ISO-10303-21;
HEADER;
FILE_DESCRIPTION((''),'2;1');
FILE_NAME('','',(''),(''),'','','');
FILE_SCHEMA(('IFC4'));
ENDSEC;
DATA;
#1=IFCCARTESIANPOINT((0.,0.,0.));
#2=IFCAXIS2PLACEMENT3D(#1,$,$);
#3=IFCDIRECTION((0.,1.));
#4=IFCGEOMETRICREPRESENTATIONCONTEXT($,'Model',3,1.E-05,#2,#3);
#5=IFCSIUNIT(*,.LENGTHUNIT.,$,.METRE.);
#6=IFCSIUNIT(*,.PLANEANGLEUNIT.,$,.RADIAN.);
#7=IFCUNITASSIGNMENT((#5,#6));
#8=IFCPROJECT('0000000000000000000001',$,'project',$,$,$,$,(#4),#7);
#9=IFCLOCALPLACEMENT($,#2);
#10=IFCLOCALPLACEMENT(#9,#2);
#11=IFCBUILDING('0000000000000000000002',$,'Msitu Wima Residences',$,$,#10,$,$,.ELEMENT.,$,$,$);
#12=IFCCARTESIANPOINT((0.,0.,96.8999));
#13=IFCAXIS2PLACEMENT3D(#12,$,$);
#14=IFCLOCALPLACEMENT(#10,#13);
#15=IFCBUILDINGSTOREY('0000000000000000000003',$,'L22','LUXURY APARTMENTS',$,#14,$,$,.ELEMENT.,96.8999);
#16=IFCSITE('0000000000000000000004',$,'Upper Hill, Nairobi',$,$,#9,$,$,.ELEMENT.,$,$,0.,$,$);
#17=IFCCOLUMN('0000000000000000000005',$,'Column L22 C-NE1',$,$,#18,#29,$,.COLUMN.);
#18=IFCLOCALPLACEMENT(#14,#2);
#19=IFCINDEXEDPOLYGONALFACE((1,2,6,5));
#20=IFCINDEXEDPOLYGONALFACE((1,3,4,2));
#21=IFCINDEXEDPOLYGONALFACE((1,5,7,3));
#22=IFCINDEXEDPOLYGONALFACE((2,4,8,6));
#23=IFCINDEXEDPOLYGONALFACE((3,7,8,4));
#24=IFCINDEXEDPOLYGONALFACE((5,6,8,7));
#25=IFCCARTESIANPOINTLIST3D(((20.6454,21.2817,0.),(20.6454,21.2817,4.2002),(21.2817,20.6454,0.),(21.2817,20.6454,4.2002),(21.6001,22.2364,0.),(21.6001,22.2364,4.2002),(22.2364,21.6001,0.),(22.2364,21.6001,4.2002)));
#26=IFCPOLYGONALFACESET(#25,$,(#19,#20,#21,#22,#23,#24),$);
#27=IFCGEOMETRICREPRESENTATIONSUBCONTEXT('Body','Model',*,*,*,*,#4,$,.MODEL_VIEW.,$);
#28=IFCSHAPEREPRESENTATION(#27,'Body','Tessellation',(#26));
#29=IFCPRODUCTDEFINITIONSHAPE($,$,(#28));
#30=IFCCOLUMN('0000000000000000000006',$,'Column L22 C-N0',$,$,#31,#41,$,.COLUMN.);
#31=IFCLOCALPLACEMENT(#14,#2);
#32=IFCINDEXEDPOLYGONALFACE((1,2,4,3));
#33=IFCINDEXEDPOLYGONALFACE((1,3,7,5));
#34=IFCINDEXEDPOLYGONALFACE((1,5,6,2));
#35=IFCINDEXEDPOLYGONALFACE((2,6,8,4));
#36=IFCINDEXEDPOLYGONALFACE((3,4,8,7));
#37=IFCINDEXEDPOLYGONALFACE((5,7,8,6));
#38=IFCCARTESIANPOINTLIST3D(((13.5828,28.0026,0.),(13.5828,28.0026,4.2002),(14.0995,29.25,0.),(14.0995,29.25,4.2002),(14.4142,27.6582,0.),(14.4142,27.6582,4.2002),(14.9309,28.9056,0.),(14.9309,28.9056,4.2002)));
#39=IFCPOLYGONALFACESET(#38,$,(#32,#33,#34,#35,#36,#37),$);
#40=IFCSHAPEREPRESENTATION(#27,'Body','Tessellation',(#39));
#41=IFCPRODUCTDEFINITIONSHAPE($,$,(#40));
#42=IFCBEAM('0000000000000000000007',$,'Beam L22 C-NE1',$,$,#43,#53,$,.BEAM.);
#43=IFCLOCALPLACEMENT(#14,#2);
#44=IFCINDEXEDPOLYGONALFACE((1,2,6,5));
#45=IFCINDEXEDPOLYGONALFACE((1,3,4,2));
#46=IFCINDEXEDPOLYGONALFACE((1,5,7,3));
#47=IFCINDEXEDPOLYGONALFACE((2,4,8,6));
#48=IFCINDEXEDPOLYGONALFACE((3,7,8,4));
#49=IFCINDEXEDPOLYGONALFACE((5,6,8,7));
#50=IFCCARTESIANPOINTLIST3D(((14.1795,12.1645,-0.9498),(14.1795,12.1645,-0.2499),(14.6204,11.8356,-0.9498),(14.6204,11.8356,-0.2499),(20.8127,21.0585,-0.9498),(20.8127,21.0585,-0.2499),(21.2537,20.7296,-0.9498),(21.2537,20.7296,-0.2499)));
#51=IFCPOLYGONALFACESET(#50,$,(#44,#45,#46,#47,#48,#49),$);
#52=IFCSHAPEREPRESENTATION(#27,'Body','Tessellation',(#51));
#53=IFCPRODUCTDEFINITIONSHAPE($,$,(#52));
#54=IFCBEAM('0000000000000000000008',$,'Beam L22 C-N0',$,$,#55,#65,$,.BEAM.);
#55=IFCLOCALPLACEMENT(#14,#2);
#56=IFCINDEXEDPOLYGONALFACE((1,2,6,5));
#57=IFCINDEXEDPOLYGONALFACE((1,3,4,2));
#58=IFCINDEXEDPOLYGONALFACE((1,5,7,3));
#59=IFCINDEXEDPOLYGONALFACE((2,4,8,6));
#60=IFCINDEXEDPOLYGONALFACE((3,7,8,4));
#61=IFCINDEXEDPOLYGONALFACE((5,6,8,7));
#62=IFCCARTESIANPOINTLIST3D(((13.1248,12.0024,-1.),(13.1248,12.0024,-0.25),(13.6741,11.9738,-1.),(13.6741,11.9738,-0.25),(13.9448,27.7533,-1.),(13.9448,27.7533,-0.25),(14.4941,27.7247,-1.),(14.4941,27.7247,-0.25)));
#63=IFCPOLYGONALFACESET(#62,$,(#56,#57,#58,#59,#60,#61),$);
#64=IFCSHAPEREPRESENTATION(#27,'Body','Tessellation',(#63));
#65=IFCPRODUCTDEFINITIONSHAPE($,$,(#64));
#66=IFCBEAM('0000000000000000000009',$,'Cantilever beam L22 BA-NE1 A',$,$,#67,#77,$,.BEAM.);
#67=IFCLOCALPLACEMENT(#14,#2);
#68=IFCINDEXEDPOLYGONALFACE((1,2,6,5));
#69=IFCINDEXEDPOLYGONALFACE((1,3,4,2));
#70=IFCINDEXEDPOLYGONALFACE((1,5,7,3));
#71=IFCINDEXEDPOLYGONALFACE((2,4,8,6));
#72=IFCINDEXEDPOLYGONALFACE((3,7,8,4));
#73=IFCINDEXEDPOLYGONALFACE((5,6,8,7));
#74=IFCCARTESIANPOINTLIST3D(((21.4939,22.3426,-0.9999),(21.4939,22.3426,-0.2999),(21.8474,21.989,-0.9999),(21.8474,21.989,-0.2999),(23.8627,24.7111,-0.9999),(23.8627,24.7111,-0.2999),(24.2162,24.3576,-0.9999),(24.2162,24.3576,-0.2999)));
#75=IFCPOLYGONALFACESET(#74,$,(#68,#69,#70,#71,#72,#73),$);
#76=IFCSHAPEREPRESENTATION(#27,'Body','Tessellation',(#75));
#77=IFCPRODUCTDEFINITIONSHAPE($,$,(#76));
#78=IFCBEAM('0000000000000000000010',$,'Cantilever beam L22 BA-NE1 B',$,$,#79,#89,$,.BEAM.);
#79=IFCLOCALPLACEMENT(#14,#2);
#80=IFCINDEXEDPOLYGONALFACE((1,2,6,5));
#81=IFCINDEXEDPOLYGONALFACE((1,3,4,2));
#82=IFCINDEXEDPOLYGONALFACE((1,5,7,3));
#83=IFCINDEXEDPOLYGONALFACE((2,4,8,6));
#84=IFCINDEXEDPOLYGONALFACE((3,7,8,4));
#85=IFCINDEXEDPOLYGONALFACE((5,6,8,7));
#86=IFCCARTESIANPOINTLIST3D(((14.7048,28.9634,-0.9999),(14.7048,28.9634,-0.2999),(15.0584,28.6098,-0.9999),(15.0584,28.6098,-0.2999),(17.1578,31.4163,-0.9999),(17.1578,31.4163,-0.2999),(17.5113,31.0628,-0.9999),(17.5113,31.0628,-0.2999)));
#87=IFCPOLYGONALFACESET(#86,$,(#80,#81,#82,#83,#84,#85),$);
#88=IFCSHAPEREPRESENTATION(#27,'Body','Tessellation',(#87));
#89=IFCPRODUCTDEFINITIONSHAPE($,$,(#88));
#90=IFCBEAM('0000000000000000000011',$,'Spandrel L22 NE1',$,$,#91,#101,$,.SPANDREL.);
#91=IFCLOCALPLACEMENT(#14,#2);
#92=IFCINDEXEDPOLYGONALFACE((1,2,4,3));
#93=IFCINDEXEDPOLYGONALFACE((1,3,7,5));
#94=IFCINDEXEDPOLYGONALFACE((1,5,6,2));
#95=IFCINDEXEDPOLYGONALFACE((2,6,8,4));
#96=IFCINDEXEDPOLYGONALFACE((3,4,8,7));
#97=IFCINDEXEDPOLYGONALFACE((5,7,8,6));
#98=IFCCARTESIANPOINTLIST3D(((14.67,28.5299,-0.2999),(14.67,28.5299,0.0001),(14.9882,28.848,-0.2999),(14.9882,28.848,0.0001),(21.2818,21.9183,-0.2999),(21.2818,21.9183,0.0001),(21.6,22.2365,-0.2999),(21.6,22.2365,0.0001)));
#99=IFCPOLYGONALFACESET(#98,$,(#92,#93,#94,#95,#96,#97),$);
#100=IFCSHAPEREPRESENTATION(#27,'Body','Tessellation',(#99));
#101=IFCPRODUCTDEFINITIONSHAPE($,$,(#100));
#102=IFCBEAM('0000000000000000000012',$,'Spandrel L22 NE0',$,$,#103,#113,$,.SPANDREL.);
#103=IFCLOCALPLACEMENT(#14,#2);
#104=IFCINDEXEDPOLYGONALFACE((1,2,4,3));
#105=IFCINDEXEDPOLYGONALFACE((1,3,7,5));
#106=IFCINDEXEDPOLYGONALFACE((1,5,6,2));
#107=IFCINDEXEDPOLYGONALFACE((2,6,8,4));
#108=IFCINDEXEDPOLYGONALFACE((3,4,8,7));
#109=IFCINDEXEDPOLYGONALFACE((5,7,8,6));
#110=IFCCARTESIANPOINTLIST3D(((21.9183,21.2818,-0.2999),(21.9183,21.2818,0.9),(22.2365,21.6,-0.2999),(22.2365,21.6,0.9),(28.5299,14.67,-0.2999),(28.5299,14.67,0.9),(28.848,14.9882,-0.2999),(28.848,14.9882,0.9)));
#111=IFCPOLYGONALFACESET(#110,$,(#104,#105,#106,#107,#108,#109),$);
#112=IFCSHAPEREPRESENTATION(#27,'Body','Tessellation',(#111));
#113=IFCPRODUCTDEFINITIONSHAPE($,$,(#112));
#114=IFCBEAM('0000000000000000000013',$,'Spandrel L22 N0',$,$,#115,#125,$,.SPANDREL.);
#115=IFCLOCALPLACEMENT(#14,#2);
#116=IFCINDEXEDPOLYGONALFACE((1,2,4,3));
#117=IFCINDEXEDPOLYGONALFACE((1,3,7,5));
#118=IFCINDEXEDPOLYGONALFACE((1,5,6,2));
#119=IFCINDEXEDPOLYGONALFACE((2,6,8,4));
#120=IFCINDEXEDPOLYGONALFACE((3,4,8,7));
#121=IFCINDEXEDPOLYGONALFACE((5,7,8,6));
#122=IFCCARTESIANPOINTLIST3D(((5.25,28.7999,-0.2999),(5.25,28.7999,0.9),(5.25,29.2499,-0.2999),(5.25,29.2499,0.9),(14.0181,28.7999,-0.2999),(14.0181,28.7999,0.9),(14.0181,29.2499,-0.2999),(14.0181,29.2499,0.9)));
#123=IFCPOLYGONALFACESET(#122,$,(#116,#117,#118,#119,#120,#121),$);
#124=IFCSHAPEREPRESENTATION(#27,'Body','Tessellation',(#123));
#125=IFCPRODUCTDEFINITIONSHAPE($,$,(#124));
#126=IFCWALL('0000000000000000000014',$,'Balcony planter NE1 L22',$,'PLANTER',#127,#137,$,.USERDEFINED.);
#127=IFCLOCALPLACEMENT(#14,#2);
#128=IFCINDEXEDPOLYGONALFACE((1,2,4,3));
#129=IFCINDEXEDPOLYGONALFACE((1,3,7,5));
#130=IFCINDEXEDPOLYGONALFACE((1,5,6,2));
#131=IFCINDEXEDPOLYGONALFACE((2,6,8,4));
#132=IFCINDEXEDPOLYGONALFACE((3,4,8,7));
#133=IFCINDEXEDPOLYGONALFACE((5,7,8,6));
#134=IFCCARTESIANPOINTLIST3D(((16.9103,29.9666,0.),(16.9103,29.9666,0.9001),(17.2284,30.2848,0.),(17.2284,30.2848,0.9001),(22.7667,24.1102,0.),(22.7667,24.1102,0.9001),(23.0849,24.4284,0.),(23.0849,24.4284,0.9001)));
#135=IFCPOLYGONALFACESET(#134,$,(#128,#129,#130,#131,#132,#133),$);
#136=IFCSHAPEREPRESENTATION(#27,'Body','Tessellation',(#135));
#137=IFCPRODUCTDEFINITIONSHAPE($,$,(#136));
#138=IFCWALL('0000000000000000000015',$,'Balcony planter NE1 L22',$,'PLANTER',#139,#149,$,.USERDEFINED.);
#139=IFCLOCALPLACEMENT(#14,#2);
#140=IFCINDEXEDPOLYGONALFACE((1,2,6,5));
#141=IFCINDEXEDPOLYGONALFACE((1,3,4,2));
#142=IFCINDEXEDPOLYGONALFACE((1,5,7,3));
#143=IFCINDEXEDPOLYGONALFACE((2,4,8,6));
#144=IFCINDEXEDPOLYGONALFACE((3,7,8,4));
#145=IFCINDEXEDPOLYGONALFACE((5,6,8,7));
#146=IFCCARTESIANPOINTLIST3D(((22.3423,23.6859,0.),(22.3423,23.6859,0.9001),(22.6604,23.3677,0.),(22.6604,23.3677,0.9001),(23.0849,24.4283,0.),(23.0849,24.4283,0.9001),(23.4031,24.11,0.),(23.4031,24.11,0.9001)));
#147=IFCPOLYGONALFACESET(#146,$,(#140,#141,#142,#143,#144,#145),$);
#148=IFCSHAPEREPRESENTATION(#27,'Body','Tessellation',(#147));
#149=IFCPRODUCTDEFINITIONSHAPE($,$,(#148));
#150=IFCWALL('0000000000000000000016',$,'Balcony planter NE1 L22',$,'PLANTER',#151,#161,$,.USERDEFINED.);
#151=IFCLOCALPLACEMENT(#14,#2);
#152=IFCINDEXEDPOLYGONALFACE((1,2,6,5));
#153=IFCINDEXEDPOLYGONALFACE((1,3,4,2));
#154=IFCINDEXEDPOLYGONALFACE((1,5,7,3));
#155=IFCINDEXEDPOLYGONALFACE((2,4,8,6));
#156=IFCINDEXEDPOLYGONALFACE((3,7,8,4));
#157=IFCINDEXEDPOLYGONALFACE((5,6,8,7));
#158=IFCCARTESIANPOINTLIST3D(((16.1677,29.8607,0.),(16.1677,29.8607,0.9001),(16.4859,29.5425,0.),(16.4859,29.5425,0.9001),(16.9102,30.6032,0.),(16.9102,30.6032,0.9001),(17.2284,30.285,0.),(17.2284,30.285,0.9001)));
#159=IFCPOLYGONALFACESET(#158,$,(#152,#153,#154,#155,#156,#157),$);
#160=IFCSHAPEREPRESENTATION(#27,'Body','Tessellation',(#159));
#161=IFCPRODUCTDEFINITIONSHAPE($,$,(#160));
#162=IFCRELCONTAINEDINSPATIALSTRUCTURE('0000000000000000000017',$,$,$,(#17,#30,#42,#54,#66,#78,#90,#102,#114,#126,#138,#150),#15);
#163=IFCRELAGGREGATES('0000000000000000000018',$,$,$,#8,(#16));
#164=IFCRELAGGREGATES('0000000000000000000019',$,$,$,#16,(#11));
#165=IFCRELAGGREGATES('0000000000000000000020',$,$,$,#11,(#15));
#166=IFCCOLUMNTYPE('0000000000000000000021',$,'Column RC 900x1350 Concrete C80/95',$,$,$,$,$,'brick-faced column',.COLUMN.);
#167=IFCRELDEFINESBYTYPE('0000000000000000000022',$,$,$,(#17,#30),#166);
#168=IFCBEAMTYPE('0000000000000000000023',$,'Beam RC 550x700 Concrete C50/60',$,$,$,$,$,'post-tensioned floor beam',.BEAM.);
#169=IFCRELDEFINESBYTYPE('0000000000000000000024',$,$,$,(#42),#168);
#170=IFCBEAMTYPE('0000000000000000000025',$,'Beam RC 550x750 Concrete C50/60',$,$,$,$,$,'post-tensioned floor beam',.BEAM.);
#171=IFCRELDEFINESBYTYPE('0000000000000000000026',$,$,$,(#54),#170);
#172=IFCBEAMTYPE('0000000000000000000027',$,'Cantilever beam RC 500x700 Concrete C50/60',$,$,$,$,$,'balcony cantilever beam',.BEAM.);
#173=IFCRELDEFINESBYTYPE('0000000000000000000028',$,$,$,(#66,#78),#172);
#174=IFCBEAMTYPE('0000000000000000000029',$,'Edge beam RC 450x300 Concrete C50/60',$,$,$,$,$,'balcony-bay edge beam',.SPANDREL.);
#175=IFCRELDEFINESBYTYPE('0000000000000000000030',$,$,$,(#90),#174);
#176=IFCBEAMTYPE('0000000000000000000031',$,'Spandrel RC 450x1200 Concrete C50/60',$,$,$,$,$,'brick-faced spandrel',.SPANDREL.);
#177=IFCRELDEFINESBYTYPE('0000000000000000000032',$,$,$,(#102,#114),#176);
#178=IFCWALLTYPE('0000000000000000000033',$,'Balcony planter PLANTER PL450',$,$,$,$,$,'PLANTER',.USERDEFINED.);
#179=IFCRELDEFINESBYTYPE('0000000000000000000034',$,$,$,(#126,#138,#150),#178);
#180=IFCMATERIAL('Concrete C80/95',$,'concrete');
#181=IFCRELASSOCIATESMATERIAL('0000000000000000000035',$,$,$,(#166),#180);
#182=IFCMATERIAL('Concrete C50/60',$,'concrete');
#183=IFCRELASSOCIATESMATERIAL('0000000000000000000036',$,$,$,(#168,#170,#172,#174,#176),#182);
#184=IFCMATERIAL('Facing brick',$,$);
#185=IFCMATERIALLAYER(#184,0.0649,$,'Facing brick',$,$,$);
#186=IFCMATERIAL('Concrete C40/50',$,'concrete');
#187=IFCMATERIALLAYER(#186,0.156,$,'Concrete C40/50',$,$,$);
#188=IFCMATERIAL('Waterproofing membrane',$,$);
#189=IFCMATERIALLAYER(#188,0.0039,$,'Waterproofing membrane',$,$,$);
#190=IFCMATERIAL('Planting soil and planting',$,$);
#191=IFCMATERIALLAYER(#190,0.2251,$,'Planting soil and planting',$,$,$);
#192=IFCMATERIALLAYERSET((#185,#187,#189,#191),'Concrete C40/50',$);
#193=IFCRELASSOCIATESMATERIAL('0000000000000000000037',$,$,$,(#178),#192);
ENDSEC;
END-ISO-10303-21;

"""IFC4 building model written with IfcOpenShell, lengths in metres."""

from ifc_helpers import new_model, si_unit, direction, frame, frame_2d, origin, origin_2d, place, context, subcontext, project, spatial, rectangle, extrude, material, layer, layer_set, material_profile, profile_set, type_object, element, save


model = new_model("IFC4")

# Units and contexts
model_context = context("Model", 3, precision=1e-05, world=origin(), true_north=direction((0.0, 1.0)))
body_context = subcontext(model_context, "Body", "Model", "MODEL_VIEW")
ifc_project = project(units=[si_unit("LENGTHUNIT", "METRE"), si_unit("PLANEANGLEUNIT", "RADIAN")], contexts=[model_context])

# Site, building, storey
site_placement = place(None, origin())
site = spatial("IfcSite", under=ifc_project, at=site_placement, Name="Upper Hill, Nairobi", CompositionType="ELEMENT", RefElevation=0.0)
building_placement = place(site_placement, origin())
building = spatial("IfcBuilding", under=site, at=building_placement, Name="Msitu Wima Residences", CompositionType="ELEMENT")
storey_placement = place(building_placement, frame((0.0, 0.0, 96.8999)))
storey = spatial("IfcBuildingStorey", under=building, at=storey_placement, Name="L22", Description="LUXURY APARTMENTS", CompositionType="ELEMENT", Elevation=96.8999)

# Columns
ifc_material_1 = material(Name="Concrete C80/95", Category="concrete")
ifc_material_profile_1 = material_profile(ifc_material_1, rectangle(XDim=0.8999, YDim=1.3501, at=origin_2d()), Name="RC 900x1350")
ifc_profile_set_1 = profile_set([ifc_material_profile_1], Name="Concrete C80/95")
column_type = type_object("IfcColumnType", Name="Column RC 900x1350 Concrete C80/95", ElementType="brick-faced column", PredefinedType="COLUMN", material=ifc_profile_set_1)
for number, where, z_axis, x_axis, name in (
    (1, (21.4409, 21.4409, 0.0), (0.0, 0.0, 1.0), (-0.707107, 0.707107, 0.0), "Column L22 C-NE1"),
    (2, (14.2568, 28.4541, 0.0), (0.0, 0.0, 1.0), (-0.92388, 0.382683, 0.0), "Column L22 C-N0"),
):
    element("IfcColumn", number, at=place(storey_placement, frame(where, z_axis=z_axis, x_axis=x_axis)), inside=storey, type_object=column_type, Name=name, PredefinedType="COLUMN", context=body_context, shape_type="SweptSolid", body=[
        extrude(rectangle(XDim=0.8999, YDim=1.3501, at=origin_2d()), origin(), (0.0, 0.0, 1.0), 4.2002),
    ])

# Beams
ifc_material_2 = material(Name="Concrete C50/60", Category="concrete")
ifc_material_profile_2 = material_profile(ifc_material_2, rectangle(XDim=0.55, YDim=0.7, at=origin_2d()), Name="RC 550x700")
ifc_profile_set_2 = profile_set([ifc_material_profile_2], Name="Concrete C50/60")
beam_type_1 = type_object("IfcBeamType", Name="Beam RC 550x700 Concrete C50/60", ElementType="post-tensioned floor beam", PredefinedType="BEAM", material=ifc_profile_set_2)
beam_1_placement = place(storey_placement, frame((21.0332, 20.894, -0.5999), z_axis=(-0.59785, -0.801608, 0.0), x_axis=(0.801608, -0.59785, 0.0)))
element("IfcBeam", 3, at=beam_1_placement, inside=storey, type_object=beam_type_1, Name="Beam L22 C-NE1", PredefinedType="BEAM", context=body_context, shape_type="SweptSolid", body=[
    extrude(rectangle(XDim=0.55, YDim=0.7, at=origin_2d()), origin(), (0.0, 0.0, 1.0), 11.0952),
])
ifc_material_profile_3 = material_profile(ifc_material_2, rectangle(XDim=0.55, YDim=0.75, at=origin_2d()), Name="RC 550x750")
ifc_profile_set_3 = profile_set([ifc_material_profile_3], Name="Concrete C50/60")
beam_type_2 = type_object("IfcBeamType", Name="Beam RC 550x750 Concrete C50/60", ElementType="post-tensioned floor beam", PredefinedType="BEAM", material=ifc_profile_set_3)
beam_2_placement = place(storey_placement, frame((14.2195, 27.739, -0.625), z_axis=(-0.051994, -0.998647, 0.0), x_axis=(0.998647, -0.051994, 0.0)))
element("IfcBeam", 4, at=beam_2_placement, inside=storey, type_object=beam_type_2, Name="Beam L22 C-N0", PredefinedType="BEAM", context=body_context, shape_type="SweptSolid", body=[
    extrude(rectangle(XDim=0.55, YDim=0.75, at=origin_2d()), origin(), (0.0, 0.0, 1.0), 15.7722),
])
ifc_material_profile_4 = material_profile(ifc_material_2, rectangle(XDim=0.5, YDim=0.7, at=origin_2d()), Name="RC 500x700")
ifc_profile_set_4 = profile_set([ifc_material_profile_4], Name="Concrete C50/60")
beam_type_3 = type_object("IfcBeamType", Name="Cantilever beam RC 500x700 Concrete C50/60", ElementType="balcony cantilever beam", PredefinedType="BEAM", material=ifc_profile_set_4)
beam_3_placement = place(storey_placement, frame((21.6707, 22.1658, -0.6499), z_axis=(0.707143, 0.70707, 0.0), x_axis=(-0.70707, 0.707143, 0.0)))
element("IfcBeam", 5, at=beam_3_placement, inside=storey, type_object=beam_type_3, Name="Cantilever beam L22 BA-NE1 A", PredefinedType="BEAM", context=body_context, shape_type="SweptSolid", body=[
    extrude(rectangle(XDim=0.5, YDim=0.7, at=origin_2d()), origin(), (0.0, 0.0, 1.0), 3.3499),
])
beam_4_placement = place(storey_placement, frame((14.8816, 28.7866, -0.6499), z_axis=(0.707107, 0.707107, 0.0), x_axis=(-0.707107, 0.707107, 0.0)))
element("IfcBeam", 6, at=beam_4_placement, inside=storey, type_object=beam_type_3, Name="Cantilever beam L22 BA-NE1 B", PredefinedType="BEAM", context=body_context, shape_type="SweptSolid", body=[
    extrude(rectangle(XDim=0.5, YDim=0.7, at=origin_2d()), origin(), (0.0, 0.0, 1.0), 3.469),
])
ifc_material_profile_5 = material_profile(ifc_material_2, rectangle(XDim=0.45, YDim=0.3, at=origin_2d()), Name="RC 450x300")
ifc_profile_set_5 = profile_set([ifc_material_profile_5], Name="Concrete C50/60")
beam_type_4 = type_object("IfcBeamType", Name="Edge beam RC 450x300 Concrete C50/60", ElementType="balcony-bay edge beam", PredefinedType="SPANDREL", material=ifc_profile_set_5)
beam_5_placement = place(storey_placement, frame((21.4409, 22.0774, -0.1499), z_axis=(-0.70712, 0.707094, 0.0), x_axis=(-0.707094, -0.70712, 0.0)))
element("IfcBeam", 7, at=beam_5_placement, inside=storey, type_object=beam_type_4, Name="Spandrel L22 NE1", PredefinedType="SPANDREL", context=body_context, shape_type="SweptSolid", body=[
    extrude(rectangle(XDim=0.45, YDim=0.3, at=origin_2d()), origin(), (0.0, 0.0, 1.0), 9.3503),
])
ifc_material_profile_6 = material_profile(ifc_material_2, rectangle(XDim=0.45, YDim=1.2, at=origin_2d()), Name="RC 450x1200")
ifc_profile_set_6 = profile_set([ifc_material_profile_6], Name="Concrete C50/60")
beam_type_5 = type_object("IfcBeamType", Name="Spandrel RC 450x1200 Concrete C50/60", ElementType="brick-faced spandrel", PredefinedType="SPANDREL", material=ifc_profile_set_6)
beam_6_placement = place(storey_placement, frame((28.689, 14.8291, 0.3), z_axis=(-0.707094, 0.70712, 0.0), x_axis=(-0.70712, -0.707094, 0.0)))
element("IfcBeam", 8, at=beam_6_placement, inside=storey, type_object=beam_type_5, Name="Spandrel L22 NE0", PredefinedType="SPANDREL", context=body_context, shape_type="SweptSolid", body=[
    extrude(rectangle(XDim=0.45, YDim=1.2, at=origin_2d()), origin(), (0.0, 0.0, 1.0), 9.3503),
])
beam_7_placement = place(storey_placement, frame((14.0181, 29.0249, 0.3), z_axis=(-1.0, 0.0, 0.0), x_axis=(0.0, -1.0, 0.0)))
element("IfcBeam", 9, at=beam_7_placement, inside=storey, type_object=beam_type_5, Name="Spandrel L22 N0", PredefinedType="SPANDREL", context=body_context, shape_type="SweptSolid", body=[
    extrude(rectangle(XDim=0.45, YDim=1.2, at=origin_2d()), origin(), (0.0, 0.0, 1.0), 8.7681),
])

# Walls
ifc_material_3 = material(Name="Facing brick")
ifc_layer_1 = layer(ifc_material_3, 0.0649, Name="Facing brick")
ifc_material_4 = material(Name="Concrete C40/50", Category="concrete")
ifc_layer_2 = layer(ifc_material_4, 0.156, Name="Concrete C40/50")
ifc_material_5 = material(Name="Waterproofing membrane")
ifc_layer_3 = layer(ifc_material_5, 0.0039, Name="Waterproofing membrane")
ifc_material_6 = material(Name="Planting soil and planting")
ifc_layer_4 = layer(ifc_material_6, 0.2251, Name="Planting soil and planting")
ifc_layer_set_1 = layer_set([ifc_layer_1, ifc_layer_2, ifc_layer_3, ifc_layer_4], Name="Concrete C40/50")
wall_type_1 = type_object("IfcWallType", Name="Balcony planter PLANTER PL450", ElementType="PLANTER", PredefinedType="USERDEFINED", material=ifc_layer_set_1)
wall_1_placement = place(storey_placement, frame((22.9258, 24.2693, 0.0), z_axis=(0.0, 0.0, 1.0), x_axis=(-0.707107, 0.707107, 0.0)))
element("IfcWall", 10, at=wall_1_placement, inside=storey, type_object=wall_type_1, Name="Balcony planter NE1 L22", ObjectType="PLANTER", PredefinedType="USERDEFINED", context=body_context, shape_type="SweptSolid", body=[
    extrude(rectangle(XDim=8.2822, YDim=0.45, at=frame_2d((4.1411, 0.0))), origin(), (0.0, 0.0, 1.0), 0.9001),
])
for number, where, z_axis, x_axis, name in (
    (11, (22.5015, 23.5269, 0.0), (0.0, 0.0, 1.0), (0.707223, 0.706991, 0.0), "Balcony planter NE1 L22"),
    (12, (16.3269, 29.7017, 0.0), (0.0, 0.0, 1.0), (0.707107, 0.707107, 0.0), "Balcony planter NE1 L22"),
):
    element("IfcWall", number, at=place(storey_placement, frame(where, z_axis=z_axis, x_axis=x_axis)), inside=storey, type_object=wall_type_1, Name=name, ObjectType="PLANTER", PredefinedType="USERDEFINED", context=body_context, shape_type="SweptSolid", body=[
        extrude(rectangle(XDim=1.05, YDim=0.45, at=frame_2d((0.5249, 0.0))), origin(), (0.0, 0.0, 1.0), 0.9001),
    ])

save(model, "model.ifc")
